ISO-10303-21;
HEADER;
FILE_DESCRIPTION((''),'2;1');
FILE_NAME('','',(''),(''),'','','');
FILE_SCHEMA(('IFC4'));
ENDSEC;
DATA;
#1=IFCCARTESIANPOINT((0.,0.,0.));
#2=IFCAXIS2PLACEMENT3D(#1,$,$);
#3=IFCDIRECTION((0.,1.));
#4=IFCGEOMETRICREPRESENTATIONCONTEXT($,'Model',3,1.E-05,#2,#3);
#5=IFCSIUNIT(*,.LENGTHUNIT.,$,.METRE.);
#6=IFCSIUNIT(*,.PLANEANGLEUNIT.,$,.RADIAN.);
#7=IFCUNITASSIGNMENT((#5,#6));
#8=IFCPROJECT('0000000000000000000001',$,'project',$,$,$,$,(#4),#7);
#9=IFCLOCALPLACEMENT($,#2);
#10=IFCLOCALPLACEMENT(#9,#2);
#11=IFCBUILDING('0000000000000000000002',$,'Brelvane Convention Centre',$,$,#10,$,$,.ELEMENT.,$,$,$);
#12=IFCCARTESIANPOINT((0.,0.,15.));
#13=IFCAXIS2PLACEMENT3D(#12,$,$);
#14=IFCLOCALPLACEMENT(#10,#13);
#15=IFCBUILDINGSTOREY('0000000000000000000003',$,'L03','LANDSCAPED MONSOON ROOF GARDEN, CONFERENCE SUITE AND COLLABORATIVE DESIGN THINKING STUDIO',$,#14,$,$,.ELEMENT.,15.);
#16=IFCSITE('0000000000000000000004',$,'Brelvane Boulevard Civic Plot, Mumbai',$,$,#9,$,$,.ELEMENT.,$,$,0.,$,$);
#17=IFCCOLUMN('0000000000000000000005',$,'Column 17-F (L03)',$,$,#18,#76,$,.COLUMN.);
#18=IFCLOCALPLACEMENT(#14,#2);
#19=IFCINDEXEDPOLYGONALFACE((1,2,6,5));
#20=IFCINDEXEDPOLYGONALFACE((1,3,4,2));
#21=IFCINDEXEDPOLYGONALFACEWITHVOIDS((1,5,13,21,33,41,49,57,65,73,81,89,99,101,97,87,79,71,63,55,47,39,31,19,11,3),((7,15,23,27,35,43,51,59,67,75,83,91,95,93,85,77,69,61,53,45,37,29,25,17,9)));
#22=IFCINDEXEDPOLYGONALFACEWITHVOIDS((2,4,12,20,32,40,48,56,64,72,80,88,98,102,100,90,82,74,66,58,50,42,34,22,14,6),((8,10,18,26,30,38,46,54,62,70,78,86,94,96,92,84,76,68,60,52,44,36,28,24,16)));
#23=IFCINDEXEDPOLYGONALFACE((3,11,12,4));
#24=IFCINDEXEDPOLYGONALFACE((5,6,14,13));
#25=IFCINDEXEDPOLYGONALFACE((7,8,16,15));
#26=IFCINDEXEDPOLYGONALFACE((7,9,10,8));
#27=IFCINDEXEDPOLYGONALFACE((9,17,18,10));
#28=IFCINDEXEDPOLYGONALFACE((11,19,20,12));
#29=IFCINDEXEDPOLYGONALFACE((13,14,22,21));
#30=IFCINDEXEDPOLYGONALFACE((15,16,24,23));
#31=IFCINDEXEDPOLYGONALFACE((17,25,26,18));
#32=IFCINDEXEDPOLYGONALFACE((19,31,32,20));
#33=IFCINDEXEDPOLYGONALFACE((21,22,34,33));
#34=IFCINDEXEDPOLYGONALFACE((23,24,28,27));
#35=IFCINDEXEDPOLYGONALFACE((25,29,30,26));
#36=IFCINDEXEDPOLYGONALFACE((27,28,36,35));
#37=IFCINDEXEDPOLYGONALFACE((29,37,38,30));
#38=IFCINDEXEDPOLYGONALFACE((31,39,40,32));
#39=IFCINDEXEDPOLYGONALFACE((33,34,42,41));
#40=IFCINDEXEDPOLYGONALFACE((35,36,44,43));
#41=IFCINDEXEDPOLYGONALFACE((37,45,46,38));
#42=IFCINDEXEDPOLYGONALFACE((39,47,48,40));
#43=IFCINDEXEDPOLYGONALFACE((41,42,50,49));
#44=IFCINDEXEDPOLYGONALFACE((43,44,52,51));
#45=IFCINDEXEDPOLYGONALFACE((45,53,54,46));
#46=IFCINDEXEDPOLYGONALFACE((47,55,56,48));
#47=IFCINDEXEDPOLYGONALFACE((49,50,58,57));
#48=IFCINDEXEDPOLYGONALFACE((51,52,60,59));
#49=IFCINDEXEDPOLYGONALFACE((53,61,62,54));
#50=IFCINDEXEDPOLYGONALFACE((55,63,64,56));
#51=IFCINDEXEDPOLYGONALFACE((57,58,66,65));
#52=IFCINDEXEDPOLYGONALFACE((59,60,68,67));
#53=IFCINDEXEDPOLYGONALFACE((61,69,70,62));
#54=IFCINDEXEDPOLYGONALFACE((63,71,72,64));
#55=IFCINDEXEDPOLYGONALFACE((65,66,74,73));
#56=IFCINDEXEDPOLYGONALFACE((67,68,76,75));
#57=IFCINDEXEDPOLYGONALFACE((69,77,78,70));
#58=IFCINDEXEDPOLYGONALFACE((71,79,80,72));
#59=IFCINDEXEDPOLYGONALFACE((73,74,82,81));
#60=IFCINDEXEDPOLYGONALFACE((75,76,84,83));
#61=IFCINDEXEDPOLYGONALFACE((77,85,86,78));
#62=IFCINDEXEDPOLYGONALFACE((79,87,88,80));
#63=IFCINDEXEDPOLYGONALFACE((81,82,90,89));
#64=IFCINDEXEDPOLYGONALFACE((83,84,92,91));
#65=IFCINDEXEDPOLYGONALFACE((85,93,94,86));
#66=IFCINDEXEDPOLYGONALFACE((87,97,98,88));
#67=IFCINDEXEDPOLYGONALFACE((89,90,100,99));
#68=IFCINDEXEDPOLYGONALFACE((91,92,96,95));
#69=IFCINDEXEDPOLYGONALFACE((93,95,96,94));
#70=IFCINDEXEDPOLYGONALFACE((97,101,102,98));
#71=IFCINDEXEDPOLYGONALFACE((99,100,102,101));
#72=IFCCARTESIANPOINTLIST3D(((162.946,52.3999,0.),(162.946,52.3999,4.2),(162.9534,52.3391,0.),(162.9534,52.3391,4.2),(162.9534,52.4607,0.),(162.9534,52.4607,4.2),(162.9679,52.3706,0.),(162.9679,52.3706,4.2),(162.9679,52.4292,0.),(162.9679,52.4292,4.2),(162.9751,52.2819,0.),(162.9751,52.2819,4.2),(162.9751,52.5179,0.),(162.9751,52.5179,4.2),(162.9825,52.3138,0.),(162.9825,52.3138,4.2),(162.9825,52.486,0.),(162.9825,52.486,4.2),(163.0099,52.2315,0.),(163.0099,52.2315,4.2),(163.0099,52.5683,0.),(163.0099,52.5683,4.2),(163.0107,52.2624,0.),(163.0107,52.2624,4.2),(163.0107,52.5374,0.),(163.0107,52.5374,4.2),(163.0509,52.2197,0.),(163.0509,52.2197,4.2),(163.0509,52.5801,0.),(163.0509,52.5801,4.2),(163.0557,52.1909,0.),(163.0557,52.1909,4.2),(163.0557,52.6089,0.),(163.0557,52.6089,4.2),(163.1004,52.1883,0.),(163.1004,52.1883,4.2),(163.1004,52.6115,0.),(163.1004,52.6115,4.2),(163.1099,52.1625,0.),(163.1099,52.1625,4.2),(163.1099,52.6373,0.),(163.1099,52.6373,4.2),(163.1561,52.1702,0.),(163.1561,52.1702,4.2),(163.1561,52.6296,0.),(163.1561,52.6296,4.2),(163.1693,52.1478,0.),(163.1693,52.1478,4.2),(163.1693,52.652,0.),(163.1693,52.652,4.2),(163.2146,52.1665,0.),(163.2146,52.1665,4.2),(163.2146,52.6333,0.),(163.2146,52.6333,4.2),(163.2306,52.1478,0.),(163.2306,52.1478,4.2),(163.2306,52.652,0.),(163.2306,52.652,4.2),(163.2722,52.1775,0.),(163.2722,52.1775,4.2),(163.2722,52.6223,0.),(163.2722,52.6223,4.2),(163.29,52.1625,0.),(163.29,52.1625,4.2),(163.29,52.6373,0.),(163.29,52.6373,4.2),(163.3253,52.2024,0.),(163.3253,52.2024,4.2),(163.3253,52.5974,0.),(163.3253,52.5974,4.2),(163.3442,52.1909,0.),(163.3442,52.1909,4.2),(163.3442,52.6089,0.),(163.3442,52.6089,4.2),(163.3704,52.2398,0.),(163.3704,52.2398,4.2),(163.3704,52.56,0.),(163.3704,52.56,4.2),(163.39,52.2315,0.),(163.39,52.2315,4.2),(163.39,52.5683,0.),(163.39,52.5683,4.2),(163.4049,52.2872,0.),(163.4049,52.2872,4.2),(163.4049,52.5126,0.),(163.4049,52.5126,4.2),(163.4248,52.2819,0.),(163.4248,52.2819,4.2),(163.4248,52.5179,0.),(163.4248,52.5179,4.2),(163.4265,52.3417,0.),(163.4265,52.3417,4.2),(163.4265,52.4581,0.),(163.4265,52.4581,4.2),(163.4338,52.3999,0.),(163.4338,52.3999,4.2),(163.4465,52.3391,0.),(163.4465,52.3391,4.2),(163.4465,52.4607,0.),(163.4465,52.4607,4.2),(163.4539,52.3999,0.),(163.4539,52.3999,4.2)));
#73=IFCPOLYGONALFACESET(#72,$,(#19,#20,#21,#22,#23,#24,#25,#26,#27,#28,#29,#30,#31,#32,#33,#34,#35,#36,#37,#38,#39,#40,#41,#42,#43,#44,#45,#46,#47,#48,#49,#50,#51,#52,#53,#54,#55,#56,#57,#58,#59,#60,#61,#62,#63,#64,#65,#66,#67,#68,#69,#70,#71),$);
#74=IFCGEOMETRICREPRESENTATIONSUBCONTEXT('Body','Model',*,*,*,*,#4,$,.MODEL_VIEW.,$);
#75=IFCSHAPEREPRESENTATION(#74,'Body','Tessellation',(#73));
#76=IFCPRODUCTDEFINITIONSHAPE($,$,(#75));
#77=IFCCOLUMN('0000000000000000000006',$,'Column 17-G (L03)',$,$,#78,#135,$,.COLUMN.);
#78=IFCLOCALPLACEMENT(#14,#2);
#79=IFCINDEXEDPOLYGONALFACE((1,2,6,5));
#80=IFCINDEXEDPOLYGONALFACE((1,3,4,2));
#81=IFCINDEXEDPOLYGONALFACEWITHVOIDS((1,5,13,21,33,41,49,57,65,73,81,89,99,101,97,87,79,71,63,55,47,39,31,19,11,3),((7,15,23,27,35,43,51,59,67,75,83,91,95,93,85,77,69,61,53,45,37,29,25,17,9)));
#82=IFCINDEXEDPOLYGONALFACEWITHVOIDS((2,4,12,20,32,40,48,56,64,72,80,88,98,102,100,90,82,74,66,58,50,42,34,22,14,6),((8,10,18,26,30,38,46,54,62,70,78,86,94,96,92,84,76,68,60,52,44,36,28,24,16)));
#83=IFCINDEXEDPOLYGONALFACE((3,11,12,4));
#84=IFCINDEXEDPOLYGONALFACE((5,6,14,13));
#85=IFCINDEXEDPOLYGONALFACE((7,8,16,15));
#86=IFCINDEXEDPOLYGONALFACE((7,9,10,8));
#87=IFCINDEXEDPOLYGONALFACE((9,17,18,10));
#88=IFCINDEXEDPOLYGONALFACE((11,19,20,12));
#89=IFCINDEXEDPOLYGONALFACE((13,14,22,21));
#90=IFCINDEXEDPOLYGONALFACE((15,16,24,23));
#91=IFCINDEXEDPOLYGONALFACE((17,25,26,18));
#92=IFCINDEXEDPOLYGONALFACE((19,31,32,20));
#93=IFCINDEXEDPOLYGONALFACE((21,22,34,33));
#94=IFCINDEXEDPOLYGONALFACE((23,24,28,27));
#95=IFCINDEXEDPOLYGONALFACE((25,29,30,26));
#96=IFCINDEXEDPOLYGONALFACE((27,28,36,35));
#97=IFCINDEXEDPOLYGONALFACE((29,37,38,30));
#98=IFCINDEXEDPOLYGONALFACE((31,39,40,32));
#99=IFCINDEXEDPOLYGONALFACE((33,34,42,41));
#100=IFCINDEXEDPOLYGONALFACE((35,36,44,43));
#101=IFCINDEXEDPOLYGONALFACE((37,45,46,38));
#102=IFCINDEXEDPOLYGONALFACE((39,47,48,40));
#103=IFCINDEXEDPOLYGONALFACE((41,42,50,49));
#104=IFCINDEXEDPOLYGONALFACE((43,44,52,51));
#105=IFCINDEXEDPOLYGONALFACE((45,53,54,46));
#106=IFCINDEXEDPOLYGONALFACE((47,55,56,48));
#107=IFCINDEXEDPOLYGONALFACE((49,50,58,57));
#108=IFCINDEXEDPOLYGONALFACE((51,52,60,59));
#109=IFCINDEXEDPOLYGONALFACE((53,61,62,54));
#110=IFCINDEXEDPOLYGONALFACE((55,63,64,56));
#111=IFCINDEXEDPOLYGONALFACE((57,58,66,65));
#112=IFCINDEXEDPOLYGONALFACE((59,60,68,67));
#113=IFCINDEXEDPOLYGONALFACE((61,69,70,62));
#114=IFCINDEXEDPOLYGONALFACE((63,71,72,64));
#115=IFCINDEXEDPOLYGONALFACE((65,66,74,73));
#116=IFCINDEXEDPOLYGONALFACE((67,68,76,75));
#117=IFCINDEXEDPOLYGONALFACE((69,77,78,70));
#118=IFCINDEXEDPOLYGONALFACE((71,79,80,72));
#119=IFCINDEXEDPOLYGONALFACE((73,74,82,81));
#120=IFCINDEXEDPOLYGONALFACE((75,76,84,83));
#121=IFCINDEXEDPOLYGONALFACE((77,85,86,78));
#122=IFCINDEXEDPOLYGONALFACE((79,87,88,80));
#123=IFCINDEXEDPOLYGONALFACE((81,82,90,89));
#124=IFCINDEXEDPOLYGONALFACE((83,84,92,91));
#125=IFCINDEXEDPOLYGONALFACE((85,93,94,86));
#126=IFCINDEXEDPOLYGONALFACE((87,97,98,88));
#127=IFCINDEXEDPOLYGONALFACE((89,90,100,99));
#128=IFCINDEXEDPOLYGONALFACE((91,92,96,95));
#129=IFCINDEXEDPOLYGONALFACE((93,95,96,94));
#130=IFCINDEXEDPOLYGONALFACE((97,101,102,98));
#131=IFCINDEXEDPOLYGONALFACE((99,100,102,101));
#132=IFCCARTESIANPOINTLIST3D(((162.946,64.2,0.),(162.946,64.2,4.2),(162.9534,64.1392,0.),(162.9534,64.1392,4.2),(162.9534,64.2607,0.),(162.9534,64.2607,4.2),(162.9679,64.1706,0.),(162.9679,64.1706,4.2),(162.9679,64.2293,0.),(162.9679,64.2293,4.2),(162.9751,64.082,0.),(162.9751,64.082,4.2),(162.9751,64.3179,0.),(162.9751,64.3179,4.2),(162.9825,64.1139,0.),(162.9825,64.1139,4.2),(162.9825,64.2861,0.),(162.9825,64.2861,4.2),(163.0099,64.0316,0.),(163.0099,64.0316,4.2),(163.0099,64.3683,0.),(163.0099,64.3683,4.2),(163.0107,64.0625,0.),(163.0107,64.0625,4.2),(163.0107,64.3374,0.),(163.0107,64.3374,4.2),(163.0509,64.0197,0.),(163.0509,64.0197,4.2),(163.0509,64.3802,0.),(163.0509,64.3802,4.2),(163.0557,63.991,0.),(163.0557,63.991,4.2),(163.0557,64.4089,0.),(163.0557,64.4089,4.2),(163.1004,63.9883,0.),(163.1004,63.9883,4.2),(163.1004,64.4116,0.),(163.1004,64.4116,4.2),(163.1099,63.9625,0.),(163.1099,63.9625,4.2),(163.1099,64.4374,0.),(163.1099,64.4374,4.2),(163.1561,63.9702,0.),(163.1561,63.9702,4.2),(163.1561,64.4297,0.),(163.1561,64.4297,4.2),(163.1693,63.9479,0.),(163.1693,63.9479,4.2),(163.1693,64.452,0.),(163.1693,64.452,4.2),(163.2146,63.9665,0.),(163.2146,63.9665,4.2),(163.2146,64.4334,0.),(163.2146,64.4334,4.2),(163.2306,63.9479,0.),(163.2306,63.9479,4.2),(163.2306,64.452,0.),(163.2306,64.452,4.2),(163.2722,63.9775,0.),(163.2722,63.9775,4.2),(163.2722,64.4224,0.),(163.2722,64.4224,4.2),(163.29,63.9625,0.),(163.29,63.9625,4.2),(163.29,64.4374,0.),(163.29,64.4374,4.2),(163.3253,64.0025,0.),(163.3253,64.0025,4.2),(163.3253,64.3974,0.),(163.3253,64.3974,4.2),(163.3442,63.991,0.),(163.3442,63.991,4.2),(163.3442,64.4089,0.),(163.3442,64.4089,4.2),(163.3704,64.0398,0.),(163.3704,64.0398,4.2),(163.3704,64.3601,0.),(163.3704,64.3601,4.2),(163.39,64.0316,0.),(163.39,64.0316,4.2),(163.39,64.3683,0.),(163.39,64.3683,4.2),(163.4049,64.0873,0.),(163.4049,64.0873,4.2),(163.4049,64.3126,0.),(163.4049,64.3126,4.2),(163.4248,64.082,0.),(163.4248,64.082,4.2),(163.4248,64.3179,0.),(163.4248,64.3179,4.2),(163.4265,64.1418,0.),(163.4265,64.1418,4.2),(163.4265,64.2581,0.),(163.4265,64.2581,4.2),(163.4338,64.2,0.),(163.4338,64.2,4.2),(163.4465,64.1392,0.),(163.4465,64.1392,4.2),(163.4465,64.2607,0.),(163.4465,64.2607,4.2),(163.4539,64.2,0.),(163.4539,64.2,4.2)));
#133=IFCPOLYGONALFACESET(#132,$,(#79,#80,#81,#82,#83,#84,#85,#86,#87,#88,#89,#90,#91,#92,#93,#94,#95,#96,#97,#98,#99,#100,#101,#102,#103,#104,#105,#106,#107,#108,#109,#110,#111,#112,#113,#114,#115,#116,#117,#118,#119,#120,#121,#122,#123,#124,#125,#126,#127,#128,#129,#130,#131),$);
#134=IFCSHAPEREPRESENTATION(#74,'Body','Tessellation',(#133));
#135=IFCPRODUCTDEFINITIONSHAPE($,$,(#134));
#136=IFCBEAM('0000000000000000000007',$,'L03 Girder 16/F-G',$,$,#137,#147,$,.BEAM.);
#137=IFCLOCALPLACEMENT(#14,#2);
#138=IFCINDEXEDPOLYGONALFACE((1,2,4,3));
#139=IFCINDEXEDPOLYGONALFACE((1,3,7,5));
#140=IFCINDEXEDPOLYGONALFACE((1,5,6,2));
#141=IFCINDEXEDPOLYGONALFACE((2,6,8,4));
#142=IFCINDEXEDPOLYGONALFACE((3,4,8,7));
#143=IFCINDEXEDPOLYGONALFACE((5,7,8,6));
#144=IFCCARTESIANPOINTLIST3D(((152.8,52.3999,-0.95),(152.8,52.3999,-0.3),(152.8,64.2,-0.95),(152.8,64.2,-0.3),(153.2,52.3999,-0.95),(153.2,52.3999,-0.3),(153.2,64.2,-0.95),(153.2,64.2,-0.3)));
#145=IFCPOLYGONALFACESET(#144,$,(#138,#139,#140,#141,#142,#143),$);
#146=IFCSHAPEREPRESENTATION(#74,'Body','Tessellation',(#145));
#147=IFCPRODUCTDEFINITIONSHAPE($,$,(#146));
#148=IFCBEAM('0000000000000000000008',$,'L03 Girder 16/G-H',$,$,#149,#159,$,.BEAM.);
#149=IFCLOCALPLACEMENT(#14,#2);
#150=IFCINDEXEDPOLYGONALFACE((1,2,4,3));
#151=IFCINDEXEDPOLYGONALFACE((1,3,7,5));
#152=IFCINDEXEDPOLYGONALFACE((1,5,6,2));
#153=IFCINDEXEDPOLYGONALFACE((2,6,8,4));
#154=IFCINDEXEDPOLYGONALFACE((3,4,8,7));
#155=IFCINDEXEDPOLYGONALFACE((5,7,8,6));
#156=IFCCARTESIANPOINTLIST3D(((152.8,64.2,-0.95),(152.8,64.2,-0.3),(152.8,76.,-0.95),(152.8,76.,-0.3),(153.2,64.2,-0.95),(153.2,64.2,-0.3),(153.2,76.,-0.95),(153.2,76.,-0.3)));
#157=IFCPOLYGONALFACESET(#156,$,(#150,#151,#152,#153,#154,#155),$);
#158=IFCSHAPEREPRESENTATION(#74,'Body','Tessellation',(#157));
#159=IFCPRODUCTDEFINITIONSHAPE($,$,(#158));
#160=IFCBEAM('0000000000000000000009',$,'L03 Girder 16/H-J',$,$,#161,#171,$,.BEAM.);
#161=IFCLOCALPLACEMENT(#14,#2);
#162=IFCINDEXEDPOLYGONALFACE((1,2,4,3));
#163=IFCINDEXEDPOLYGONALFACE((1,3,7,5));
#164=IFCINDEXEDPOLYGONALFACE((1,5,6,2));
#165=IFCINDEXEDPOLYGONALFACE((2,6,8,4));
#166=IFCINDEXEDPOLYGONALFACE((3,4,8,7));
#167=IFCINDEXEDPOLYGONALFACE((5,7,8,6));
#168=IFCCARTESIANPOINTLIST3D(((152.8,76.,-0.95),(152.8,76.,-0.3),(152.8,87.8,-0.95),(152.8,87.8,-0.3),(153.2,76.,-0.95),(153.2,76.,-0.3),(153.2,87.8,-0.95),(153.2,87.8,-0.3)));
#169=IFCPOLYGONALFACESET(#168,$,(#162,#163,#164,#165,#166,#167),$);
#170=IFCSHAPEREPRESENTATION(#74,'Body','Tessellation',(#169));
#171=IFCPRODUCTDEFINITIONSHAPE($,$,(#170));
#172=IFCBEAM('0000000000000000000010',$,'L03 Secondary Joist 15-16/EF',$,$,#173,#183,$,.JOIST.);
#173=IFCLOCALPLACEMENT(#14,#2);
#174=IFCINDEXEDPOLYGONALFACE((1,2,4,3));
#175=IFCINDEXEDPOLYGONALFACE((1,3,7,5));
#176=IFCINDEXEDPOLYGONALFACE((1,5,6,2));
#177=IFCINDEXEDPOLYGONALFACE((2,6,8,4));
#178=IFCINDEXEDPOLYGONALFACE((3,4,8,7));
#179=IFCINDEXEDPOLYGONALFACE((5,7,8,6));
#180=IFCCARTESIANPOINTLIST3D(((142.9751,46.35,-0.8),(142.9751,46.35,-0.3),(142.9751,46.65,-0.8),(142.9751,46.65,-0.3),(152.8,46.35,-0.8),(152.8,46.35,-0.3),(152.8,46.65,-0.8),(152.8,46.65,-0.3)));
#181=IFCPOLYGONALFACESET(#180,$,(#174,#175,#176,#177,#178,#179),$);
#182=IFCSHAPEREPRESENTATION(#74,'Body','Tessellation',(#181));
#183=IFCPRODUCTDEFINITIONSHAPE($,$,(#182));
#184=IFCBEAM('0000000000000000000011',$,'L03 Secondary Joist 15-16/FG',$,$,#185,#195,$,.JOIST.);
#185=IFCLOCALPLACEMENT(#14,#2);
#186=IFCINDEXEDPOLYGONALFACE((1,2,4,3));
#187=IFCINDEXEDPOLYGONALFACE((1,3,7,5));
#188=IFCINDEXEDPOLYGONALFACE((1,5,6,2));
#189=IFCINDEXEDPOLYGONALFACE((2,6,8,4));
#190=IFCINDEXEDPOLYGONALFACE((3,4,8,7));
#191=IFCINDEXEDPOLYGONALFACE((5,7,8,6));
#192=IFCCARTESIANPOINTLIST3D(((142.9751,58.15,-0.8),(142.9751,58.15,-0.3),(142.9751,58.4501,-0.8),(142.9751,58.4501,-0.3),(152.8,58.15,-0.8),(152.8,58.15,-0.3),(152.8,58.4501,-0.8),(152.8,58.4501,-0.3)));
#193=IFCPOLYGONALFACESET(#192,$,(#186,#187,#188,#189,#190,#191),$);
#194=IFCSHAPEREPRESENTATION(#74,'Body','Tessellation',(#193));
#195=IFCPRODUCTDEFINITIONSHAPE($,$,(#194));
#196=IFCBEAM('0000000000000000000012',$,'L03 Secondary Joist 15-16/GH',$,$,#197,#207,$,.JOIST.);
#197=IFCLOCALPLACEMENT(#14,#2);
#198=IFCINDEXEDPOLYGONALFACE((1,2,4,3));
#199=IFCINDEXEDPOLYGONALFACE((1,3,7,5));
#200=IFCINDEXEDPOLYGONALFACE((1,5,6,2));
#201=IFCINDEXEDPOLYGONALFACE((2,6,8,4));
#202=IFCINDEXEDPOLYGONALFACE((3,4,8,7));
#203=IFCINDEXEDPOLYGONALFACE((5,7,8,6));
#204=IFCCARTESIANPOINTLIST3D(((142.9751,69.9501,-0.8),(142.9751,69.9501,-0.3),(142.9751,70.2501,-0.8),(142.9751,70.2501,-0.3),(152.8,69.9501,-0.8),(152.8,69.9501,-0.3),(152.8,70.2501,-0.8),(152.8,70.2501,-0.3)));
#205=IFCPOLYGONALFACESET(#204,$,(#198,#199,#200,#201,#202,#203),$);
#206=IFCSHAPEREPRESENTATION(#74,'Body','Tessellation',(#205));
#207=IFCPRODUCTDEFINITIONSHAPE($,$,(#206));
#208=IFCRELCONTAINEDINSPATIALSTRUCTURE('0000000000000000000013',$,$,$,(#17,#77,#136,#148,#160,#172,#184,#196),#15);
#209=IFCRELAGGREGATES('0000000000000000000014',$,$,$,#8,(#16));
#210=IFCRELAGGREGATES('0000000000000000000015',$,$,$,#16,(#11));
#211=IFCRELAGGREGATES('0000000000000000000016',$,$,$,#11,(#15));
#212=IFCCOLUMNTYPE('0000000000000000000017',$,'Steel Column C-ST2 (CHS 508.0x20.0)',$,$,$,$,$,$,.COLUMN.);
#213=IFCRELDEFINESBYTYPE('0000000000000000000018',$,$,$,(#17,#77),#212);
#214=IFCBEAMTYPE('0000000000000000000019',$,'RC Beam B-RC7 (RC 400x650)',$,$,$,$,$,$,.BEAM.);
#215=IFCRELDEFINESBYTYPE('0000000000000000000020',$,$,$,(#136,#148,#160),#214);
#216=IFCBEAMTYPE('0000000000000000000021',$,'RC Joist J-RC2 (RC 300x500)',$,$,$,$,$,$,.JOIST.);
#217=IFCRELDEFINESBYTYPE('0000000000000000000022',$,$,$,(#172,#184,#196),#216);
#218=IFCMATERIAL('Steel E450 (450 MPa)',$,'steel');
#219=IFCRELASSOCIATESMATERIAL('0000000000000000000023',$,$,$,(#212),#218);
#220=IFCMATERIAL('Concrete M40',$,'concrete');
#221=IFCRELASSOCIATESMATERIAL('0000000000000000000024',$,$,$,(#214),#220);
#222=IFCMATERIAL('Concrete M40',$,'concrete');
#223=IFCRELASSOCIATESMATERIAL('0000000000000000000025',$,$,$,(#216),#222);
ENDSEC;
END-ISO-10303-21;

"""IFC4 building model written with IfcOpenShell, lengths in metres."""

from ifc_helpers import new_model, si_unit, direction, frame, origin, origin_2d, place, context, subcontext, project, spatial, rectangle, hollow_circle, extrude, material, material_profile, profile_set, type_object, element, save


model = new_model("IFC4")

# Units and contexts
model_context = context("Model", 3, precision=1e-05, world=origin(), true_north=direction((0.0, 1.0)))
body_context = subcontext(model_context, "Body", "Model", "MODEL_VIEW")
ifc_project = project(units=[si_unit("LENGTHUNIT", "METRE"), si_unit("PLANEANGLEUNIT", "RADIAN")], contexts=[model_context])

# Site, building, storey
site_placement = place(None, origin())
site = spatial("IfcSite", under=ifc_project, at=site_placement, Name="Brelvane Boulevard Civic Plot, Mumbai", CompositionType="ELEMENT", RefElevation=0.0)
building_placement = place(site_placement, origin())
building = spatial("IfcBuilding", under=site, at=building_placement, Name="Brelvane Convention Centre", CompositionType="ELEMENT")
storey_placement = place(building_placement, frame((0.0, 0.0, 15.0)))
storey = spatial("IfcBuildingStorey", under=building, at=storey_placement, Name="L03", Description="LANDSCAPED MONSOON ROOF GARDEN, CONFERENCE SUITE AND COLLABORATIVE DESIGN THINKING STUDIO", CompositionType="ELEMENT", Elevation=15.0)

# Columns
ifc_material_1 = material(Name="Steel E450 (450 MPa)", Category="steel")
ifc_material_profile_1 = material_profile(ifc_material_1, hollow_circle(Radius=0.2539, WallThickness=0.02, at=origin_2d()), Name="CHS 508.0x20.0")
ifc_profile_set_1 = profile_set([ifc_material_profile_1], Name="Steel E450 (450 MPa)")
column_type = type_object("IfcColumnType", Name="Steel Column C-ST2 (CHS 508.0x20.0)", PredefinedType="COLUMN", material=ifc_profile_set_1)
for number, where, z_axis, x_axis, name in (
    (1, (163.2, 52.3999, 0.0), (0.0, 0.0, 1.0), (1.0, 0.0, 0.0), "Column 17-F (L03)"),
    (2, (163.2, 64.2, 0.0), (0.0, 0.0, 1.0), (1.0, 0.0, 0.0), "Column 17-G (L03)"),
):
    element("IfcColumn", number, at=place(storey_placement, frame(where, z_axis=z_axis, x_axis=x_axis)), inside=storey, type_object=column_type, Name=name, PredefinedType="COLUMN", context=body_context, shape_type="SweptSolid", body=[
        extrude(hollow_circle(Radius=0.2539, WallThickness=0.02, at=origin_2d()), origin(), (0.0, 0.0, 1.0), 4.2),
    ])

# Beams
ifc_material_2 = material(Name="Concrete M40", Category="concrete")
ifc_material_profile_2 = material_profile(ifc_material_2, rectangle(XDim=0.3999, YDim=0.6499, at=origin_2d()), Name="RC 400x650")
ifc_profile_set_2 = profile_set([ifc_material_profile_2], Name="Concrete M40")
beam_type_1 = type_object("IfcBeamType", Name="RC Beam B-RC7 (RC 400x650)", PredefinedType="BEAM", material=ifc_profile_set_2)
for number, where, z_axis, x_axis, name in (
    (3, (153.0, 52.3999, -0.625), (0.0, 1.0, 0.0), (-1.0, 0.0, 0.0), "L03 Girder 16/F-G"),
    (4, (153.0, 64.2, -0.625), (0.0, 1.0, 0.0), (-1.0, 0.0, 0.0), "L03 Girder 16/G-H"),
    (5, (153.0, 76.0, -0.625), (0.0, 1.0, 0.0), (-1.0, 0.0, 0.0), "L03 Girder 16/H-J"),
):
    element("IfcBeam", number, at=place(storey_placement, frame(where, z_axis=z_axis, x_axis=x_axis)), inside=storey, type_object=beam_type_1, Name=name, PredefinedType="BEAM", context=body_context, shape_type="SweptSolid", body=[
        extrude(rectangle(XDim=0.3999, YDim=0.6499, at=origin_2d()), origin(), (0.0, 0.0, 1.0), 11.8),
    ])
ifc_material_3 = material(Name="Concrete M40", Category="concrete")
ifc_material_profile_3 = material_profile(ifc_material_3, rectangle(XDim=0.3, YDim=0.5, at=origin_2d()), Name="RC 300x500")
ifc_profile_set_3 = profile_set([ifc_material_profile_3], Name="Concrete M40")
beam_type_2 = type_object("IfcBeamType", Name="RC Joist J-RC2 (RC 300x500)", PredefinedType="JOIST", material=ifc_profile_set_3)
for number, where, z_axis, x_axis, name in (
    (6, (142.9751, 46.5, -0.55), (1.0, 0.0, 0.0), (0.0, 1.0, 0.0), "L03 Secondary Joist 15-16/EF"),
    (7, (142.9751, 58.3, -0.55), (1.0, 0.0, 0.0), (0.0, 1.0, 0.0), "L03 Secondary Joist 15-16/FG"),
    (8, (142.9751, 70.1001, -0.55), (1.0, 0.0, 0.0), (0.0, 1.0, 0.0), "L03 Secondary Joist 15-16/GH"),
):
    element("IfcBeam", number, at=place(storey_placement, frame(where, z_axis=z_axis, x_axis=x_axis)), inside=storey, type_object=beam_type_2, Name=name, PredefinedType="JOIST", context=body_context, shape_type="SweptSolid", body=[
        extrude(rectangle(XDim=0.3, YDim=0.5, at=origin_2d()), origin(), (0.0, 0.0, 1.0), 9.825),
    ])

save(model, "model.ifc")
